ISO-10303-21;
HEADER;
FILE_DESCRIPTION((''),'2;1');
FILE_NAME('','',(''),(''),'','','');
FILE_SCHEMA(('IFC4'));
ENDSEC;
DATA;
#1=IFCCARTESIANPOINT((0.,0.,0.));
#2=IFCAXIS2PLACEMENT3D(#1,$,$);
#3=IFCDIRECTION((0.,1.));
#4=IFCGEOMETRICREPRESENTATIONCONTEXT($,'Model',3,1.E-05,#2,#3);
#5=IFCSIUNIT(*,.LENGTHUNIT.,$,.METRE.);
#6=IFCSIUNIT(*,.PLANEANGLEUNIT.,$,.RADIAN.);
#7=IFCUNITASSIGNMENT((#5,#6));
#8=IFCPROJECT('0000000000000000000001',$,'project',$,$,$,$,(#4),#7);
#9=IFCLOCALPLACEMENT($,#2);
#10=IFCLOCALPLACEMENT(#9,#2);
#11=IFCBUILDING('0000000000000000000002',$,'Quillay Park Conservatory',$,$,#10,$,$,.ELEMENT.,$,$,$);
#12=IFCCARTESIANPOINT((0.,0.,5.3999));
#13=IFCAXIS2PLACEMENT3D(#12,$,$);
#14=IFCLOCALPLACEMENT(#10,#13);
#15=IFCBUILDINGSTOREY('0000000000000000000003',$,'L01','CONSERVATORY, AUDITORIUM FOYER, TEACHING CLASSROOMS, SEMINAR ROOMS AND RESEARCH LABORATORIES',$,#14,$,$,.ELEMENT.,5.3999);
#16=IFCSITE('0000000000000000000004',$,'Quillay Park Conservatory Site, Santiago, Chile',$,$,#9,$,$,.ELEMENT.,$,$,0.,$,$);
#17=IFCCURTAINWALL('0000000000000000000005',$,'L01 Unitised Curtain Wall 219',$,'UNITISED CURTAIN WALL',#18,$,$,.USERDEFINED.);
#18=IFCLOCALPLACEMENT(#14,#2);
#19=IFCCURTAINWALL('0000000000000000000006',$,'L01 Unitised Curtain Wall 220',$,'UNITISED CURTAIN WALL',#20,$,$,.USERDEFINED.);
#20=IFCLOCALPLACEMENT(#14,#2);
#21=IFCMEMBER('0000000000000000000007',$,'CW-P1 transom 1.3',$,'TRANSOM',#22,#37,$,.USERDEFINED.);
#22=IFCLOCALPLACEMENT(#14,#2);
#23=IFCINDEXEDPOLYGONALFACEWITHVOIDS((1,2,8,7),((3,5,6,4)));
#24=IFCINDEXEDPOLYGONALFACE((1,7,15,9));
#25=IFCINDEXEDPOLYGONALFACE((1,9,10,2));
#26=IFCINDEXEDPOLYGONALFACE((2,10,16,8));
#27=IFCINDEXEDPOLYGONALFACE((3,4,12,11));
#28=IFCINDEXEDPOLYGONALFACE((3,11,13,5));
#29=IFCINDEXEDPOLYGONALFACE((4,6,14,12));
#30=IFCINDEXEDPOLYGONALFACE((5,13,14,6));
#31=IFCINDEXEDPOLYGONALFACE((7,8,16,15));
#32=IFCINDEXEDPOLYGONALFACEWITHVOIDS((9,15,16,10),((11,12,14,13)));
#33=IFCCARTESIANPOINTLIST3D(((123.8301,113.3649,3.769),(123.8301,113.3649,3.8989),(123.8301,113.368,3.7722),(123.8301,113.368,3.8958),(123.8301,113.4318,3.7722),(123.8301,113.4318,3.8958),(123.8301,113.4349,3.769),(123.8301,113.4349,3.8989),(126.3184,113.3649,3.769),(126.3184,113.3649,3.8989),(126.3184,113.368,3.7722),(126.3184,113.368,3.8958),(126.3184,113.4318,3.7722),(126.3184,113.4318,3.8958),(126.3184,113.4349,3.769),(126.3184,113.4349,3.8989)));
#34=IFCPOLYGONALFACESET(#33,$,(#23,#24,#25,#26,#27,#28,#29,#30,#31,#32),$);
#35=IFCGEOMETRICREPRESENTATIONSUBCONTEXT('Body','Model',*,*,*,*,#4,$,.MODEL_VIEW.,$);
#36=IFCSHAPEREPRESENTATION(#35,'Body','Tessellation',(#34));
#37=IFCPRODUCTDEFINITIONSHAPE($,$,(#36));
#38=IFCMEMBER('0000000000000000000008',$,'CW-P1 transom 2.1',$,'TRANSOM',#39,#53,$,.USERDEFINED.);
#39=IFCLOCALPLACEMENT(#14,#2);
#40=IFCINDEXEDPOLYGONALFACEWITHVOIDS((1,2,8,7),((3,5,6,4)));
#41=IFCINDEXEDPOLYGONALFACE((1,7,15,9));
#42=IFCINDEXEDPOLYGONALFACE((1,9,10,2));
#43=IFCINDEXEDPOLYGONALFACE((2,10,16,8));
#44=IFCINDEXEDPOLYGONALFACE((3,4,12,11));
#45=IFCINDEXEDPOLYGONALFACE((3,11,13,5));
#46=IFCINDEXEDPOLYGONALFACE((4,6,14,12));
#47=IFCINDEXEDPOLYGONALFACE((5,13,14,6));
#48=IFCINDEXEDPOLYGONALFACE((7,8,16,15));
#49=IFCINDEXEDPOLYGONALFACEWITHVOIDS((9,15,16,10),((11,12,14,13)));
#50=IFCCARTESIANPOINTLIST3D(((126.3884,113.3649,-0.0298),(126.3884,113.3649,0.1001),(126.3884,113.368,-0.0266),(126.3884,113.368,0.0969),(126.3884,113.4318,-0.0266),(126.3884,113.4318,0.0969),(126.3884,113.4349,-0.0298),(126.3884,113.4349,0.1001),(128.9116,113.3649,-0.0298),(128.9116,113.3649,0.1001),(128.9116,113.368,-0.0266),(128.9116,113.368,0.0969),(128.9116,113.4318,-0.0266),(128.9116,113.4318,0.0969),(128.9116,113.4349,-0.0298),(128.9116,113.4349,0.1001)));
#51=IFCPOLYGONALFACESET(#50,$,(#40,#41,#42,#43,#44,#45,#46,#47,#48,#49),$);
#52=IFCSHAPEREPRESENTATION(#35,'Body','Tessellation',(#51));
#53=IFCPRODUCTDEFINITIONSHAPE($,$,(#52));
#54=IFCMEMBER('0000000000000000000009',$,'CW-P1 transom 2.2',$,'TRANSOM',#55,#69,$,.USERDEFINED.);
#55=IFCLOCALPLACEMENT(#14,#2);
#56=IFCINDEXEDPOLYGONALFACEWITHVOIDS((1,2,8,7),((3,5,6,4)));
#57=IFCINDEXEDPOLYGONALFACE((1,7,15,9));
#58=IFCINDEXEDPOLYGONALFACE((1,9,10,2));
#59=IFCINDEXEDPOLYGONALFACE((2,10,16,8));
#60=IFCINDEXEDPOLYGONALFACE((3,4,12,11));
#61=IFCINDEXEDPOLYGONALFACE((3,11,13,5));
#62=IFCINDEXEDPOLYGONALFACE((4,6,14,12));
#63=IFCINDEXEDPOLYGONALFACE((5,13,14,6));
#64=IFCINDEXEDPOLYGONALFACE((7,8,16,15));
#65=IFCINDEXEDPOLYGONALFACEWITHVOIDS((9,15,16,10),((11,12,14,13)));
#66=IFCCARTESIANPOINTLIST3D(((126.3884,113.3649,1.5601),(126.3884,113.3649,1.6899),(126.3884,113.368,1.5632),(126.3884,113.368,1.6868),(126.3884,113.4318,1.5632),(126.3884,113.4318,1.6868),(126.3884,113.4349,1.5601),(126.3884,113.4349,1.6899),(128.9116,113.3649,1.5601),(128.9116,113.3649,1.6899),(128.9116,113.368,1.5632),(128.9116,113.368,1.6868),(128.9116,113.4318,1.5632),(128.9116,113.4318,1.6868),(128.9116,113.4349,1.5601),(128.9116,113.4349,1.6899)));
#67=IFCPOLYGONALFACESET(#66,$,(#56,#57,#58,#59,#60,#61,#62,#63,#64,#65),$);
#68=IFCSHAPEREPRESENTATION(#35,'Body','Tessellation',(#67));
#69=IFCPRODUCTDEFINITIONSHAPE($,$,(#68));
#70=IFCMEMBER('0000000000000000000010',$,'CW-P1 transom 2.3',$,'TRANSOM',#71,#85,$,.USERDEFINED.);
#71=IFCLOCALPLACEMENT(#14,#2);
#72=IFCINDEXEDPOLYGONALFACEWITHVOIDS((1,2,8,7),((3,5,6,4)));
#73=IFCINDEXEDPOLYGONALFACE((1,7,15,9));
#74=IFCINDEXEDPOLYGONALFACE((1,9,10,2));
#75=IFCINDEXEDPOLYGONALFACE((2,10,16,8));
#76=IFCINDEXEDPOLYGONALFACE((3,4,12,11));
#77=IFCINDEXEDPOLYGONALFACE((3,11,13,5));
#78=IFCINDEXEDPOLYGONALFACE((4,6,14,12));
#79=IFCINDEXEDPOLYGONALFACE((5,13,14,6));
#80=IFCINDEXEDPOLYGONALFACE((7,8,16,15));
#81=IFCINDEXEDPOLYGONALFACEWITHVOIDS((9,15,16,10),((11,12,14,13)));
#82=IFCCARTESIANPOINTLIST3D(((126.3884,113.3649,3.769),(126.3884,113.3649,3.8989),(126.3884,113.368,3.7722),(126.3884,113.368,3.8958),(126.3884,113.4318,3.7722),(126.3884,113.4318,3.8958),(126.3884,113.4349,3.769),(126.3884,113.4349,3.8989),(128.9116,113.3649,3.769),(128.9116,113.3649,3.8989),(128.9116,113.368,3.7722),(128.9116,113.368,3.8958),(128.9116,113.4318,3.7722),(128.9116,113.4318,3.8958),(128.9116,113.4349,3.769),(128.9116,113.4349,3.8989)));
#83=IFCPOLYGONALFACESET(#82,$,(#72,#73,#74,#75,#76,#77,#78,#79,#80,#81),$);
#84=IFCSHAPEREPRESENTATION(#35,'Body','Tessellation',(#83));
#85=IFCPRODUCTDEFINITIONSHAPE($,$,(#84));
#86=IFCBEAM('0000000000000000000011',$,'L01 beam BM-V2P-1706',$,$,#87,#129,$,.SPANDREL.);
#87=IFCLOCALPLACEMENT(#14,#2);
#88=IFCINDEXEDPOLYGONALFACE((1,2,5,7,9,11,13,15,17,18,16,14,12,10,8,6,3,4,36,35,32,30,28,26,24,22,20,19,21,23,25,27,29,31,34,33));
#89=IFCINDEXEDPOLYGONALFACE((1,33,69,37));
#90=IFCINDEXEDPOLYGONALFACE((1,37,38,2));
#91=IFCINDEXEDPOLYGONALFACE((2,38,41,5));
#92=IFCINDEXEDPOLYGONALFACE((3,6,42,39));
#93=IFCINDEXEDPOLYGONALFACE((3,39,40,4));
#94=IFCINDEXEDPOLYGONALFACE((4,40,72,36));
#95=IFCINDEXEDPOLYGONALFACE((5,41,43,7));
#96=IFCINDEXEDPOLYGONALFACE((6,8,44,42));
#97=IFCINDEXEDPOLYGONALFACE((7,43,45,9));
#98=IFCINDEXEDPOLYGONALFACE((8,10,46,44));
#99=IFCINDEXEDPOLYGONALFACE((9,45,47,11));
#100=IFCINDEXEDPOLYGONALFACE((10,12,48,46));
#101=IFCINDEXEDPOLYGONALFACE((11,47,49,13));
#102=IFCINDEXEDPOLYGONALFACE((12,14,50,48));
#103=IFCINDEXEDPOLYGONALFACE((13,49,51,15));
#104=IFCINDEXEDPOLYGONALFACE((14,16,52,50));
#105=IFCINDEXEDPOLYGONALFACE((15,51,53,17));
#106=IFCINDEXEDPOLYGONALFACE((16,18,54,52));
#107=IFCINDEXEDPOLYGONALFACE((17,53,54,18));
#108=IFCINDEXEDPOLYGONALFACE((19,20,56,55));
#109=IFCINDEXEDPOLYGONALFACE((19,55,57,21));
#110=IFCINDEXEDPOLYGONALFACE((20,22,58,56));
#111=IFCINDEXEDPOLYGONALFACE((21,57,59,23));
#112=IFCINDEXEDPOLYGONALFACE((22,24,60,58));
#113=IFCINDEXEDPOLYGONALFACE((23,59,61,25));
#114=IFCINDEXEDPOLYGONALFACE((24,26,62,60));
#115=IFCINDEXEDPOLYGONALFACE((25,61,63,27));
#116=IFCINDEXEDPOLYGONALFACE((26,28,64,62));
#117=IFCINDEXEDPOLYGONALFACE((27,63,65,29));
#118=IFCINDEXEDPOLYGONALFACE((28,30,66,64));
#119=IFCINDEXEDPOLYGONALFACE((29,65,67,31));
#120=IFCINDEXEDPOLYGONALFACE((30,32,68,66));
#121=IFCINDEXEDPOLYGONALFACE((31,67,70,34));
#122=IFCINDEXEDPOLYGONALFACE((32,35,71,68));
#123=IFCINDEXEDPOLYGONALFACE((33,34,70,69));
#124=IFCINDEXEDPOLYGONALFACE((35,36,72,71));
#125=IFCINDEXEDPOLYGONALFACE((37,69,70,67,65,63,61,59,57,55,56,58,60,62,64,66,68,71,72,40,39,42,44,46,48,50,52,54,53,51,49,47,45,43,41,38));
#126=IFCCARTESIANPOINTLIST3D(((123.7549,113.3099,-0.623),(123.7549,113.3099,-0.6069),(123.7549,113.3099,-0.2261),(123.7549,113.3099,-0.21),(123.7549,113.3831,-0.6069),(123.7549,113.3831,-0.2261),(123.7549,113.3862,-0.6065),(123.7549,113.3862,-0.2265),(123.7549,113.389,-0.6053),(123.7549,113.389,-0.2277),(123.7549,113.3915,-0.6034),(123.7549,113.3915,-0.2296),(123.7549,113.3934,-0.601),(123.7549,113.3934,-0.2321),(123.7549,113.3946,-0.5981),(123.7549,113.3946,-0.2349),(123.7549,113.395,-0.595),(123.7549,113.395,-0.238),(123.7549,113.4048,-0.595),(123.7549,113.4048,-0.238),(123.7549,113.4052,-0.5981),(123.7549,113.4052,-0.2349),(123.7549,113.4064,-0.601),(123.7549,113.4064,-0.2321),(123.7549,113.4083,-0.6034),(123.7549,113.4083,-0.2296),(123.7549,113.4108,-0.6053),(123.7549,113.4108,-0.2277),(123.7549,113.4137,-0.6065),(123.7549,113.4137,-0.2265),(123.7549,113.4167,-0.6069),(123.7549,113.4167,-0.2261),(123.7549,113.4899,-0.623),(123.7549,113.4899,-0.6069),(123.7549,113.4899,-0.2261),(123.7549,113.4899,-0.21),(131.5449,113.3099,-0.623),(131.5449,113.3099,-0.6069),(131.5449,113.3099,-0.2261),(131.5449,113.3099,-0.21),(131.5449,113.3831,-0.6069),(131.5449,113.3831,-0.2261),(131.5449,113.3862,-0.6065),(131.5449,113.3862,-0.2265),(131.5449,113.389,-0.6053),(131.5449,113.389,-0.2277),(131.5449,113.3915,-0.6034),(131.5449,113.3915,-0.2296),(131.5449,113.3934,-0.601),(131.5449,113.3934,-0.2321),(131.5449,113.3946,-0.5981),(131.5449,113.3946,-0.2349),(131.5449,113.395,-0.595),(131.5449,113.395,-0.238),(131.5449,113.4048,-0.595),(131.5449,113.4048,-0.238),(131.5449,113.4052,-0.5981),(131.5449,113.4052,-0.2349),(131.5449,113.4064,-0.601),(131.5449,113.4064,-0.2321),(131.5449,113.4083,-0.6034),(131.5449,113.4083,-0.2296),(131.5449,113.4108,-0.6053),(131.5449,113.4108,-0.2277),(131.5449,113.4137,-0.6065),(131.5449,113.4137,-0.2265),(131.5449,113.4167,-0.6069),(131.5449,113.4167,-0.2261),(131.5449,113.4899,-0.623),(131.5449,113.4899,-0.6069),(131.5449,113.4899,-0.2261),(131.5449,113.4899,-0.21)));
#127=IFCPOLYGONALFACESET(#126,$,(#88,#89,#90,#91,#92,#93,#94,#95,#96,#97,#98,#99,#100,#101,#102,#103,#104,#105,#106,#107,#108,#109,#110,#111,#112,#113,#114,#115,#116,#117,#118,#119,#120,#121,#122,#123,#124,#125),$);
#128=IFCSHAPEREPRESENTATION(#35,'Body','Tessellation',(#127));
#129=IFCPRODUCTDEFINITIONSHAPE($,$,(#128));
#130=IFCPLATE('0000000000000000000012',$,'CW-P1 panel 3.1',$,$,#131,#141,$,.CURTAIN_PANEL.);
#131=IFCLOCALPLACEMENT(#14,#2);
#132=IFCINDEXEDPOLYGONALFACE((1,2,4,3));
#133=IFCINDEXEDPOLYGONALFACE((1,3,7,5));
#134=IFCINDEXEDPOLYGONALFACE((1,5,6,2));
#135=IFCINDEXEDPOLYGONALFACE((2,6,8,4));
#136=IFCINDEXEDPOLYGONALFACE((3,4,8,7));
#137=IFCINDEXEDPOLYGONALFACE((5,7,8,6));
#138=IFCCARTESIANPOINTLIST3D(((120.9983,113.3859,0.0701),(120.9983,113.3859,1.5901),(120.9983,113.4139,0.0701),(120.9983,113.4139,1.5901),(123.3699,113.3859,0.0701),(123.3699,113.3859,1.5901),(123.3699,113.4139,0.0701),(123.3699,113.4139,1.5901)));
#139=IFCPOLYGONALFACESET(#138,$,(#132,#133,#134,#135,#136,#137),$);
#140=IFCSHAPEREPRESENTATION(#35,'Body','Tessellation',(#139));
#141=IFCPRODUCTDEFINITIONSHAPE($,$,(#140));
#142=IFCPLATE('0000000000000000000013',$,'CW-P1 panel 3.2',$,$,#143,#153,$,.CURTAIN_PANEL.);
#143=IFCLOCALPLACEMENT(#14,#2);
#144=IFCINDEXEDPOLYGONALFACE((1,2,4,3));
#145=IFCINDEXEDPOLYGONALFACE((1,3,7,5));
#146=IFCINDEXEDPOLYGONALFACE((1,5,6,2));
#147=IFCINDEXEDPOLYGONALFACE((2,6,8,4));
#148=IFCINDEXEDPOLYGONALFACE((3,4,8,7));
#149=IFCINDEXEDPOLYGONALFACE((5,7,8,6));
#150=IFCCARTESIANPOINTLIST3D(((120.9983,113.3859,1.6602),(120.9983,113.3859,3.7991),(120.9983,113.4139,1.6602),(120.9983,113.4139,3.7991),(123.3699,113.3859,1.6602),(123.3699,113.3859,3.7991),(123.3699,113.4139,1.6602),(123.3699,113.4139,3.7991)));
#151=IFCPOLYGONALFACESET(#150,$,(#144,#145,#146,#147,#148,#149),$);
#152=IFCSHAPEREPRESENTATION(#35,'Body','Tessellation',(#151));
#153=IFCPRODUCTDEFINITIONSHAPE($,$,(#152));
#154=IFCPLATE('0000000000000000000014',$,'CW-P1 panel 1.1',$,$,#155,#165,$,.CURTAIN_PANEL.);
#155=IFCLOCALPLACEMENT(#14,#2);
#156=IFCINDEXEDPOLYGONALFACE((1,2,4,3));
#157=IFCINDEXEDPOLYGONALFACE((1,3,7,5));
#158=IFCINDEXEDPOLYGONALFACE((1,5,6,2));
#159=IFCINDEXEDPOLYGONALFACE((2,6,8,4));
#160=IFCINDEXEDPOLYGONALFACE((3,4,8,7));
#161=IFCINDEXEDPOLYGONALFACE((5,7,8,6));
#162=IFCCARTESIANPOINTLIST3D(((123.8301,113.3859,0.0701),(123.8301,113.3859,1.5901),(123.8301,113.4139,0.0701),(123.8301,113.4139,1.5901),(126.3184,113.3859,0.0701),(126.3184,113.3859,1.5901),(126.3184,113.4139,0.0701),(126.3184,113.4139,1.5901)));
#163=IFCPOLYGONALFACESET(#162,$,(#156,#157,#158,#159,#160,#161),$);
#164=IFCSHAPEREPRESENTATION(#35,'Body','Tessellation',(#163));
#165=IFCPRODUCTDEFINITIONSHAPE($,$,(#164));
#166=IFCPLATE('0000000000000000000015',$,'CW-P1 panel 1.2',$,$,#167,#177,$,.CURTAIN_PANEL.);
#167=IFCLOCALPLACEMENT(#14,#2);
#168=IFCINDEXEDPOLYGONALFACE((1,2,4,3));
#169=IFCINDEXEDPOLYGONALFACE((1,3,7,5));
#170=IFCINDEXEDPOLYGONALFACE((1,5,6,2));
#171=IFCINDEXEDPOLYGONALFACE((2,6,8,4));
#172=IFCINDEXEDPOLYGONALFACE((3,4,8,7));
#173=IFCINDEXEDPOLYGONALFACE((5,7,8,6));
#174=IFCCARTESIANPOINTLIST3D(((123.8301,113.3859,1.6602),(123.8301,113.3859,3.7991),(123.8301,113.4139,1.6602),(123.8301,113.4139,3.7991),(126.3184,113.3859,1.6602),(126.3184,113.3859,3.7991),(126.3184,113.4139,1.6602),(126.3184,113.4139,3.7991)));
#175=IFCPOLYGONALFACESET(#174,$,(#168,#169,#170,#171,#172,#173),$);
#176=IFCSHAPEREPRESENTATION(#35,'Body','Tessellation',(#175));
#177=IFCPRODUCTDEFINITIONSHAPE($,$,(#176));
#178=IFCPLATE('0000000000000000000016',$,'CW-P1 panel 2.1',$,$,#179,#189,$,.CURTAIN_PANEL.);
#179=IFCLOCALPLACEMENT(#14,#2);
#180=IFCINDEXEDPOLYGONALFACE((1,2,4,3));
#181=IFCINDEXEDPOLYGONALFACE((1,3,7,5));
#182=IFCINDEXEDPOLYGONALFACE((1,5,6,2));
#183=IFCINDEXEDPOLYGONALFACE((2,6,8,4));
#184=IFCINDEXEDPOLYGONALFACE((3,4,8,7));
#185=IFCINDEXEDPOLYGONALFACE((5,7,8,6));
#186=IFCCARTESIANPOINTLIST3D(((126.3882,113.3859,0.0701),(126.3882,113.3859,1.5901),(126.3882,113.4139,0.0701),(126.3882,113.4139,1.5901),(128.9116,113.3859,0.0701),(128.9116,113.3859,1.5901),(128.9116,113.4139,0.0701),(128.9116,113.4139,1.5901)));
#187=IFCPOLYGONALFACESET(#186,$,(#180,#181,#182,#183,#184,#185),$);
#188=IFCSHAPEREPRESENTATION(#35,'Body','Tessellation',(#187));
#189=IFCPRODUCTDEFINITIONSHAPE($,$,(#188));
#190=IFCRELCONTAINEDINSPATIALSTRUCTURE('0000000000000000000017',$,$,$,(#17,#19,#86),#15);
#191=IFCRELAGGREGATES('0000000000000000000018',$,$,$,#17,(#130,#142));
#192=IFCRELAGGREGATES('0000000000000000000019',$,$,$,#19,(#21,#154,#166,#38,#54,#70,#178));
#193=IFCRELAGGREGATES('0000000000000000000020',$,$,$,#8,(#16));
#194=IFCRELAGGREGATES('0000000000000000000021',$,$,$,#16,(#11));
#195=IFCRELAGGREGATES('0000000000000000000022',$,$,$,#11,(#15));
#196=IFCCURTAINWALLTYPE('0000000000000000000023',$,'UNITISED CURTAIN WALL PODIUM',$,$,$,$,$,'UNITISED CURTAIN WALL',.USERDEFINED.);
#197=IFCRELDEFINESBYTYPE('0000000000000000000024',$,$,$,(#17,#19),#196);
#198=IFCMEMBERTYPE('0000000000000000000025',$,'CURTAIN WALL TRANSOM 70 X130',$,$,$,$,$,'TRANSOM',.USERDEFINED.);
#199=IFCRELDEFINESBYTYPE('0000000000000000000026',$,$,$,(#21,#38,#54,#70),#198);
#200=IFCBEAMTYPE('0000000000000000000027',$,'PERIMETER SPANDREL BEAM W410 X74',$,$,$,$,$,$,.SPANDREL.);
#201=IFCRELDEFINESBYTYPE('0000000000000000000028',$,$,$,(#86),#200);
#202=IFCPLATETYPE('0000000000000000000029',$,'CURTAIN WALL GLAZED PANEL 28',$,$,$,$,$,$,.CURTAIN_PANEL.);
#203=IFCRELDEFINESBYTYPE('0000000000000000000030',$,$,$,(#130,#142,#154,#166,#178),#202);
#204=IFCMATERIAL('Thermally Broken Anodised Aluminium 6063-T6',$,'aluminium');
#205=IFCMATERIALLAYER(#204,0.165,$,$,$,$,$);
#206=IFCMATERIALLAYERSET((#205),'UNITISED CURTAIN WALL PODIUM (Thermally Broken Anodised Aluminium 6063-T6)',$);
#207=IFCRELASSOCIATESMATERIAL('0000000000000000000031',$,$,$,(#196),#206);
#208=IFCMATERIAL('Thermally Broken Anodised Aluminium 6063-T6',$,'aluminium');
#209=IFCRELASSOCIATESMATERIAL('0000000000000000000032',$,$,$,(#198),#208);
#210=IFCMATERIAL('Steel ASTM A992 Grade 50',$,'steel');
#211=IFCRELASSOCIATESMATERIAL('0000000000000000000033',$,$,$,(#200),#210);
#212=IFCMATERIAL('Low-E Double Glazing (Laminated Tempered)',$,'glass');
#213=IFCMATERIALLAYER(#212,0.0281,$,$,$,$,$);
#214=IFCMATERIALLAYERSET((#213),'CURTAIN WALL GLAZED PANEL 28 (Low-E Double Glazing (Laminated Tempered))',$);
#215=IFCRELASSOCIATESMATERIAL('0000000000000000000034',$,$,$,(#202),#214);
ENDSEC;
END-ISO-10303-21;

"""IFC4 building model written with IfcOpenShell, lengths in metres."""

from ifc_helpers import new_model, si_unit, direction, frame, origin, origin_2d, place, context, subcontext, project, spatial, rectangle, hollow_rectangle, i_section, extrude, material, layer, layer_set, material_profile, profile_set, type_object, element, aggregate, save


model = new_model("IFC4")

# Units and contexts
model_context = context("Model", 3, precision=1e-05, world=origin(), true_north=direction((0.0, 1.0)))
body_context = subcontext(model_context, "Body", "Model", "MODEL_VIEW")
ifc_project = project(units=[si_unit("LENGTHUNIT", "METRE"), si_unit("PLANEANGLEUNIT", "RADIAN")], contexts=[model_context])

# Site, building, storey
site_placement = place(None, origin())
site = spatial("IfcSite", under=ifc_project, at=site_placement, Name="Quillay Park Conservatory Site, Santiago, Chile", CompositionType="ELEMENT", RefElevation=0.0)
building_placement = place(site_placement, origin())
building = spatial("IfcBuilding", under=site, at=building_placement, Name="Quillay Park Conservatory", CompositionType="ELEMENT")
storey_placement = place(building_placement, frame((0.0, 0.0, 5.3999)))
storey = spatial("IfcBuildingStorey", under=building, at=storey_placement, Name="L01", Description="CONSERVATORY, AUDITORIUM FOYER, TEACHING CLASSROOMS, SEMINAR ROOMS AND RESEARCH LABORATORIES", CompositionType="ELEMENT", Elevation=5.3999)

# Curtain wall
ifc_material_1 = material(Name="Thermally Broken Anodised Aluminium 6063-T6", Category="aluminium")
ifc_layer_1 = layer(ifc_material_1, 0.165)
ifc_layer_set_1 = layer_set([ifc_layer_1], Name="UNITISED CURTAIN WALL PODIUM (Thermally Broken Anodised Aluminium 6063-T6)")
curtain_wall_type = type_object("IfcCurtainWallType", Name="UNITISED CURTAIN WALL PODIUM", ElementType="UNITISED CURTAIN WALL", PredefinedType="USERDEFINED", material=ifc_layer_set_1)
curtain_wall_1_placement = place(storey_placement, origin())
curtain_wall_1 = element("IfcCurtainWall", 1, at=curtain_wall_1_placement, inside=storey, type_object=curtain_wall_type, Name="L01 Unitised Curtain Wall 219", ObjectType="UNITISED CURTAIN WALL", PredefinedType="USERDEFINED")

# Curtain wall
curtain_wall_2_placement = place(storey_placement, origin())
curtain_wall_2 = element("IfcCurtainWall", 2, at=curtain_wall_2_placement, inside=storey, type_object=curtain_wall_type, Name="L01 Unitised Curtain Wall 220", ObjectType="UNITISED CURTAIN WALL", PredefinedType="USERDEFINED")

# Members
ifc_material_2 = material(Name="Thermally Broken Anodised Aluminium 6063-T6", Category="aluminium")
ifc_material_profile_1 = material_profile(ifc_material_2, hollow_rectangle(XDim=0.0701, YDim=0.1299, WallThickness=0.0032, at=origin_2d()), Name="AL70x130x3.2")
ifc_profile_set_1 = profile_set([ifc_material_profile_1], Name="Thermally Broken Anodised Aluminium 6063-T6")
member_type_1 = type_object("IfcMemberType", Name="CURTAIN WALL TRANSOM 70 X130", ElementType="TRANSOM", PredefinedType="USERDEFINED", material=ifc_profile_set_1)
member_1_placement = place(storey_placement, frame((123.8301, 113.3999, 3.834), z_axis=(1.0, 0.0, 0.0), x_axis=(0.0, 1.0, 0.0)))
member_1 = element("IfcMember", 3, at=member_1_placement, type_object=member_type_1, Name="CW-P1 transom 1.3", ObjectType="TRANSOM", PredefinedType="USERDEFINED", context=body_context, shape_type="SweptSolid", body=[
    extrude(hollow_rectangle(XDim=0.0701, YDim=0.1299, WallThickness=0.0032, at=origin_2d()), origin(), (0.0, 0.0, 1.0), 2.4883),
])
member_2_placement = place(storey_placement, frame((126.3884, 113.3999, 0.0352), z_axis=(1.0, 0.0, 0.0), x_axis=(0.0, 1.0, 0.0)))
member_2 = element("IfcMember", 4, at=member_2_placement, type_object=member_type_1, Name="CW-P1 transom 2.1", ObjectType="TRANSOM", PredefinedType="USERDEFINED", context=body_context, shape_type="SweptSolid", body=[
    extrude(hollow_rectangle(XDim=0.0701, YDim=0.1299, WallThickness=0.0032, at=origin_2d()), origin(), (0.0, 0.0, 1.0), 2.5232),
])
member_3_placement = place(storey_placement, frame((126.3884, 113.3999, 1.625), z_axis=(1.0, 0.0, 0.0), x_axis=(0.0, 1.0, 0.0)))
member_3 = element("IfcMember", 5, at=member_3_placement, type_object=member_type_1, Name="CW-P1 transom 2.2", ObjectType="TRANSOM", PredefinedType="USERDEFINED", context=body_context, shape_type="SweptSolid", body=[
    extrude(hollow_rectangle(XDim=0.0701, YDim=0.1299, WallThickness=0.0032, at=origin_2d()), origin(), (0.0, 0.0, 1.0), 2.5232),
])
member_4_placement = place(storey_placement, frame((126.3884, 113.3999, 3.834), z_axis=(1.0, 0.0, 0.0), x_axis=(0.0, 1.0, 0.0)))
member_4 = element("IfcMember", 6, at=member_4_placement, type_object=member_type_1, Name="CW-P1 transom 2.3", ObjectType="TRANSOM", PredefinedType="USERDEFINED", context=body_context, shape_type="SweptSolid", body=[
    extrude(hollow_rectangle(XDim=0.0701, YDim=0.1299, WallThickness=0.0032, at=origin_2d()), origin(), (0.0, 0.0, 1.0), 2.5232),
])

# Beam
ifc_material_3 = material(Name="Steel ASTM A992 Grade 50", Category="steel")
ifc_material_profile_2 = material_profile(ifc_material_3, i_section(OverallWidth=0.1799, OverallDepth=0.4131, WebThickness=0.0098, FlangeThickness=0.0161, FilletRadius=0.012, at=origin_2d()), Name="W410x74")
ifc_profile_set_2 = profile_set([ifc_material_profile_2], Name="Steel ASTM A992 Grade 50")
beam_type = type_object("IfcBeamType", Name="PERIMETER SPANDREL BEAM W410 X74", PredefinedType="SPANDREL", material=ifc_profile_set_2)
beam_placement = place(storey_placement, frame((123.7549, 113.3999, -0.4165), z_axis=(1.0, 0.0, 0.0), x_axis=(0.0, 1.0, 0.0)))
element("IfcBeam", 7, at=beam_placement, inside=storey, type_object=beam_type, Name="L01 beam BM-V2P-1706", PredefinedType="SPANDREL", context=body_context, shape_type="SweptSolid", body=[
    extrude(i_section(OverallWidth=0.1799, OverallDepth=0.4131, WebThickness=0.0098, FlangeThickness=0.0161, FilletRadius=0.012, at=origin_2d()), origin(), (0.0, 0.0, 1.0), 7.79),
])

# Plates
ifc_material_4 = material(Name="Low-E Double Glazing (Laminated Tempered)", Category="glass")
ifc_layer_2 = layer(ifc_material_4, 0.0281)
ifc_layer_set_2 = layer_set([ifc_layer_2], Name="CURTAIN WALL GLAZED PANEL 28 (Low-E Double Glazing (Laminated Tempered))")
plate_type = type_object("IfcPlateType", Name="CURTAIN WALL GLAZED PANEL 28", PredefinedType="CURTAIN_PANEL", material=ifc_layer_set_2)
plate_1_placement = place(storey_placement, frame((122.1841, 113.3999, 0.0701), z_axis=(0.0, 0.0, 1.0), x_axis=(1.0, 0.0, 0.0)))
plate_1 = element("IfcPlate", 8, at=plate_1_placement, type_object=plate_type, Name="CW-P1 panel 3.1", PredefinedType="CURTAIN_PANEL", context=body_context, shape_type="SweptSolid", body=[
    extrude(rectangle(XDim=2.3716, YDim=0.0281, at=origin_2d()), origin(), (0.0, 0.0, 1.0), 1.52),
])
plate_2_placement = place(storey_placement, frame((122.1841, 113.3999, 1.6602), z_axis=(0.0, 0.0, 1.0), x_axis=(1.0, 0.0, 0.0)))
plate_2 = element("IfcPlate", 9, at=plate_2_placement, type_object=plate_type, Name="CW-P1 panel 3.2", PredefinedType="CURTAIN_PANEL", context=body_context, shape_type="SweptSolid", body=[
    extrude(rectangle(XDim=2.3716, YDim=0.0281, at=origin_2d()), origin(), (0.0, 0.0, 1.0), 2.1389),
])
aggregate(curtain_wall_1, [plate_1, plate_2])
plate_3_placement = place(storey_placement, frame((125.0742, 113.3999, 0.0701), z_axis=(0.0, 0.0, 1.0), x_axis=(1.0, 0.0, 0.0)))
plate_3 = element("IfcPlate", 10, at=plate_3_placement, type_object=plate_type, Name="CW-P1 panel 1.1", PredefinedType="CURTAIN_PANEL", context=body_context, shape_type="SweptSolid", body=[
    extrude(rectangle(XDim=2.4883, YDim=0.0281, at=origin_2d()), origin(), (0.0, 0.0, 1.0), 1.52),
])
plate_4_placement = place(storey_placement, frame((125.0742, 113.3999, 1.6602), z_axis=(0.0, 0.0, 1.0), x_axis=(1.0, 0.0, 0.0)))
plate_4 = element("IfcPlate", 11, at=plate_4_placement, type_object=plate_type, Name="CW-P1 panel 1.2", PredefinedType="CURTAIN_PANEL", context=body_context, shape_type="SweptSolid", body=[
    extrude(rectangle(XDim=2.4883, YDim=0.0281, at=origin_2d()), origin(), (0.0, 0.0, 1.0), 2.1389),
])
plate_5_placement = place(storey_placement, frame((127.6499, 113.3999, 0.0701), z_axis=(0.0, 0.0, 1.0), x_axis=(1.0, 0.0, 0.0)))
plate_5 = element("IfcPlate", 12, at=plate_5_placement, type_object=plate_type, Name="CW-P1 panel 2.1", PredefinedType="CURTAIN_PANEL", context=body_context, shape_type="SweptSolid", body=[
    extrude(rectangle(XDim=2.5234, YDim=0.0281, at=origin_2d()), origin(), (0.0, 0.0, 1.0), 1.52),
])
aggregate(curtain_wall_2, [member_1, plate_3, plate_4, member_2, member_3, member_4, plate_5])

save(model, "model.ifc")
